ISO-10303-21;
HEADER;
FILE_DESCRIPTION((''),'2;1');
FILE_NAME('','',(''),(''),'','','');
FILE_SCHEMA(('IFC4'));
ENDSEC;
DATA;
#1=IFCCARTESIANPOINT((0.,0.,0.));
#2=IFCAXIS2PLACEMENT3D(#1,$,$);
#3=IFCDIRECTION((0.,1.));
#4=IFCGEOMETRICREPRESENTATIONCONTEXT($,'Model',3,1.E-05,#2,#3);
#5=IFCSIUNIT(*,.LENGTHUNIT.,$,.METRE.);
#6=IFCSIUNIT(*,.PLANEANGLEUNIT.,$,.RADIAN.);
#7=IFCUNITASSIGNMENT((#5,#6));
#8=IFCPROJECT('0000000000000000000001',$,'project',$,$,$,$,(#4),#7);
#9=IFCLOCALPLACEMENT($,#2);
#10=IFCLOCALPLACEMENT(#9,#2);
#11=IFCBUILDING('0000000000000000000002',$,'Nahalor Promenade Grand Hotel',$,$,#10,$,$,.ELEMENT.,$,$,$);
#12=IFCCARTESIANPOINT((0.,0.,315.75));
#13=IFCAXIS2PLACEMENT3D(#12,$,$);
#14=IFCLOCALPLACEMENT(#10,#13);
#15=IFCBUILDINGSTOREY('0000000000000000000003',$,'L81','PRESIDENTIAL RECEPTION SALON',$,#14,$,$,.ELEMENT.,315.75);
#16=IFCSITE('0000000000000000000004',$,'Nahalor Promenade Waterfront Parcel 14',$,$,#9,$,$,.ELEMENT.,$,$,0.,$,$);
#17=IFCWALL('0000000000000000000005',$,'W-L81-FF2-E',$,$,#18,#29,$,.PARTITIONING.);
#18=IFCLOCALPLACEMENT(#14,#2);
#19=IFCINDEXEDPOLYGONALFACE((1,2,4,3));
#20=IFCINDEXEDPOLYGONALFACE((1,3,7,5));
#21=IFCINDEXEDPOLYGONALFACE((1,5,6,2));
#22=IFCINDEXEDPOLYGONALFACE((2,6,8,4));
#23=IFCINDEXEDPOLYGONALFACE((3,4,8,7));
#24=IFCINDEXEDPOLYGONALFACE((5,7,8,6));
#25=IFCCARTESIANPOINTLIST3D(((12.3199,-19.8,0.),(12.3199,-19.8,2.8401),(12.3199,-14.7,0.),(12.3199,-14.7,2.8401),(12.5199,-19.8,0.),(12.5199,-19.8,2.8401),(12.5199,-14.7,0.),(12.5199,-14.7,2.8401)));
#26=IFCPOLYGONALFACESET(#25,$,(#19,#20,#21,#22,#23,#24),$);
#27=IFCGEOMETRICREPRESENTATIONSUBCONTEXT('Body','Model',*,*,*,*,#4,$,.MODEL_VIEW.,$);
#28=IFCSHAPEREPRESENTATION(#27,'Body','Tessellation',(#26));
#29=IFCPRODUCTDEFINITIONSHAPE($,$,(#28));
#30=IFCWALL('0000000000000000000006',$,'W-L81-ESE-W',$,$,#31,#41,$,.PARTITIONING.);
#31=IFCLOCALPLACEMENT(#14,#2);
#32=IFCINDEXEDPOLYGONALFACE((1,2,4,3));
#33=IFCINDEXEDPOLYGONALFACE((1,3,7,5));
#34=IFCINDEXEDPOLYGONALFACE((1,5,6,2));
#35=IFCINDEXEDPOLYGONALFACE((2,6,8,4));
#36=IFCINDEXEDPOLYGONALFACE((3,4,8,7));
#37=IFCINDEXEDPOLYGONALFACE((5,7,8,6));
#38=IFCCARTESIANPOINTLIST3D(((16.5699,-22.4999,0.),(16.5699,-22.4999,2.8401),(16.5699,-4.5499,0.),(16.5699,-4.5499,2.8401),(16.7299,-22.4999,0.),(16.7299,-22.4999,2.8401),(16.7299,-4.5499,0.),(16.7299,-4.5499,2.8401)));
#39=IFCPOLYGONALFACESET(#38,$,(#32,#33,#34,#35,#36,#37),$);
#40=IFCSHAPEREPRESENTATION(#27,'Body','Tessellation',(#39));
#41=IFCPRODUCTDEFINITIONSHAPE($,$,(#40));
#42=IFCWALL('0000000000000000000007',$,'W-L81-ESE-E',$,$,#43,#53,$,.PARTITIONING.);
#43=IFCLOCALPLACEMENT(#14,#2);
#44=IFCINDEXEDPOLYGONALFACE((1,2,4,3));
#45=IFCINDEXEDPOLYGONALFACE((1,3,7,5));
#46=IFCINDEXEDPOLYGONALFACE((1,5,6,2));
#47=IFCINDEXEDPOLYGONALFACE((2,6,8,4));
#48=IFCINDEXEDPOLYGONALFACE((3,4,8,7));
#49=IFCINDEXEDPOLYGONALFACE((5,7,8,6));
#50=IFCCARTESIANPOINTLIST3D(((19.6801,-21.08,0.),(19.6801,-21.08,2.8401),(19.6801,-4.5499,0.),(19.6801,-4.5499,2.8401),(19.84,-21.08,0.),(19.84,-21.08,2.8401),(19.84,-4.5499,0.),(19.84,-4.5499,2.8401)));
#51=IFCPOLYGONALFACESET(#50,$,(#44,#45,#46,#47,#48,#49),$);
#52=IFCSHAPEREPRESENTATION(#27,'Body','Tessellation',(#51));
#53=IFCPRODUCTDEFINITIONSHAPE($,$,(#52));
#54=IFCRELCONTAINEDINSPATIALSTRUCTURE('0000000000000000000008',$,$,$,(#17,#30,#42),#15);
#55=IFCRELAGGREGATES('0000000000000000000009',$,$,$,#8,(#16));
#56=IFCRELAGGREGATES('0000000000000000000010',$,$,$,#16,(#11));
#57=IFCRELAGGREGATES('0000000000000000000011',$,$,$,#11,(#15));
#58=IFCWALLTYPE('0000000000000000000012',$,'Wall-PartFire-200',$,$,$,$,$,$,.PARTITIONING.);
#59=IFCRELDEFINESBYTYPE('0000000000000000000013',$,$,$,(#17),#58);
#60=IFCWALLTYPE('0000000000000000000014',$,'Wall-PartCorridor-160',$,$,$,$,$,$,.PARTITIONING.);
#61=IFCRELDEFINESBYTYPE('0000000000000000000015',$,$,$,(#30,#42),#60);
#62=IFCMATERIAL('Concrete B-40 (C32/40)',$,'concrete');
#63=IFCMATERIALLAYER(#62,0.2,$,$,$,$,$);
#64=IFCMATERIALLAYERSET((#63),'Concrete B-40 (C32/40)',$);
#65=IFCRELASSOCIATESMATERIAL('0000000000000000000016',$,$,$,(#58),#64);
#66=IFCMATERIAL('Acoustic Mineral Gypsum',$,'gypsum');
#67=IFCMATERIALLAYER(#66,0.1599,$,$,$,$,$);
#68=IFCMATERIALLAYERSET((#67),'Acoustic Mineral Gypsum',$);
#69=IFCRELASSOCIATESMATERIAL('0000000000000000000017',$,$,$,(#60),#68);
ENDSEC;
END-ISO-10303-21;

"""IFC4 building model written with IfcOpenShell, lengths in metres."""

from ifc_helpers import new_model, si_unit, direction, frame, frame_2d, origin, place, context, subcontext, project, spatial, rectangle, extrude, source, transform, mapped, material, layer, layer_set, type_object, element, save


model = new_model("IFC4")

# Units and contexts
model_context = context("Model", 3, precision=1e-05, world=origin(), true_north=direction((0.0, 1.0)))
body_context = subcontext(model_context, "Body", "Model", "MODEL_VIEW")
ifc_project = project(units=[si_unit("LENGTHUNIT", "METRE"), si_unit("PLANEANGLEUNIT", "RADIAN")], contexts=[model_context])

# Site, building, storey
site_placement = place(None, origin())
site = spatial("IfcSite", under=ifc_project, at=site_placement, Name="Nahalor Promenade Waterfront Parcel 14", CompositionType="ELEMENT", RefElevation=0.0)
building_placement = place(site_placement, origin())
building = spatial("IfcBuilding", under=site, at=building_placement, Name="Nahalor Promenade Grand Hotel", CompositionType="ELEMENT")
storey_placement = place(building_placement, frame((0.0, 0.0, 315.75)))
storey = spatial("IfcBuildingStorey", under=building, at=storey_placement, Name="L81", Description="PRESIDENTIAL RECEPTION SALON", CompositionType="ELEMENT", Elevation=315.75)

# Walls
ifc_material_1 = material(Name="Concrete B-40 (C32/40)", Category="concrete")
ifc_layer_1 = layer(ifc_material_1, 0.2)
ifc_layer_set_1 = layer_set([ifc_layer_1], Name="Concrete B-40 (C32/40)")
wall_type_1 = type_object("IfcWallType", Name="Wall-PartFire-200", PredefinedType="PARTITIONING", material=ifc_layer_set_1)
shared_shape_1 = source(origin(), body_context, "Body", "SweptSolid", [
    extrude(rectangle(XDim=5.1001, YDim=0.2, at=frame_2d((2.55, 0.0))), origin(), (0.0, 0.0, 1.0), 2.8401),
])
wall_1_placement = place(storey_placement, frame((12.4199, -19.8, 0.0), z_axis=(0.0, 0.0, 1.0), x_axis=(0.0, 1.0, 0.0)))
element("IfcWall", 1, at=wall_1_placement, inside=storey, type_object=wall_type_1, Name="W-L81-FF2-E", PredefinedType="PARTITIONING", context=body_context, shape_type="MappedRepresentation", body=[
    mapped(shared_shape_1, transform((0.0, 0.0, 0.0), scale=1.0)),
])
ifc_material_2 = material(Name="Acoustic Mineral Gypsum", Category="gypsum")
ifc_layer_2 = layer(ifc_material_2, 0.1599)
ifc_layer_set_2 = layer_set([ifc_layer_2], Name="Acoustic Mineral Gypsum")
wall_type_2 = type_object("IfcWallType", Name="Wall-PartCorridor-160", PredefinedType="PARTITIONING", material=ifc_layer_set_2)
shared_shape_2 = source(origin(), body_context, "Body", "SweptSolid", [
    extrude(rectangle(XDim=17.95, YDim=0.1599, at=frame_2d((8.9751, 0.0))), origin(), (0.0, 0.0, 1.0), 2.8401),
])
wall_2_placement = place(storey_placement, frame((16.6499, -22.5, 0.0), z_axis=(0.0, 0.0, 1.0), x_axis=(0.0, 1.0, 0.0)))
element("IfcWall", 2, at=wall_2_placement, inside=storey, type_object=wall_type_2, Name="W-L81-ESE-W", PredefinedType="PARTITIONING", context=body_context, shape_type="MappedRepresentation", body=[
    mapped(shared_shape_2, transform((0.0, 0.0, 0.0), scale=1.0)),
])
shared_shape_3 = source(origin(), body_context, "Body", "SweptSolid", [
    extrude(rectangle(XDim=16.53, YDim=0.1599, at=frame_2d((8.2651, 0.0))), origin(), (0.0, 0.0, 1.0), 2.8401),
])
wall_3_placement = place(storey_placement, frame((19.76, -21.0801, 0.0), z_axis=(0.0, 0.0, 1.0), x_axis=(0.0, 1.0, 0.0)))
element("IfcWall", 3, at=wall_3_placement, inside=storey, type_object=wall_type_2, Name="W-L81-ESE-E", PredefinedType="PARTITIONING", context=body_context, shape_type="MappedRepresentation", body=[
    mapped(shared_shape_3, transform((0.0, 0.0, 0.0), scale=1.0)),
])

save(model, "model.ifc")
